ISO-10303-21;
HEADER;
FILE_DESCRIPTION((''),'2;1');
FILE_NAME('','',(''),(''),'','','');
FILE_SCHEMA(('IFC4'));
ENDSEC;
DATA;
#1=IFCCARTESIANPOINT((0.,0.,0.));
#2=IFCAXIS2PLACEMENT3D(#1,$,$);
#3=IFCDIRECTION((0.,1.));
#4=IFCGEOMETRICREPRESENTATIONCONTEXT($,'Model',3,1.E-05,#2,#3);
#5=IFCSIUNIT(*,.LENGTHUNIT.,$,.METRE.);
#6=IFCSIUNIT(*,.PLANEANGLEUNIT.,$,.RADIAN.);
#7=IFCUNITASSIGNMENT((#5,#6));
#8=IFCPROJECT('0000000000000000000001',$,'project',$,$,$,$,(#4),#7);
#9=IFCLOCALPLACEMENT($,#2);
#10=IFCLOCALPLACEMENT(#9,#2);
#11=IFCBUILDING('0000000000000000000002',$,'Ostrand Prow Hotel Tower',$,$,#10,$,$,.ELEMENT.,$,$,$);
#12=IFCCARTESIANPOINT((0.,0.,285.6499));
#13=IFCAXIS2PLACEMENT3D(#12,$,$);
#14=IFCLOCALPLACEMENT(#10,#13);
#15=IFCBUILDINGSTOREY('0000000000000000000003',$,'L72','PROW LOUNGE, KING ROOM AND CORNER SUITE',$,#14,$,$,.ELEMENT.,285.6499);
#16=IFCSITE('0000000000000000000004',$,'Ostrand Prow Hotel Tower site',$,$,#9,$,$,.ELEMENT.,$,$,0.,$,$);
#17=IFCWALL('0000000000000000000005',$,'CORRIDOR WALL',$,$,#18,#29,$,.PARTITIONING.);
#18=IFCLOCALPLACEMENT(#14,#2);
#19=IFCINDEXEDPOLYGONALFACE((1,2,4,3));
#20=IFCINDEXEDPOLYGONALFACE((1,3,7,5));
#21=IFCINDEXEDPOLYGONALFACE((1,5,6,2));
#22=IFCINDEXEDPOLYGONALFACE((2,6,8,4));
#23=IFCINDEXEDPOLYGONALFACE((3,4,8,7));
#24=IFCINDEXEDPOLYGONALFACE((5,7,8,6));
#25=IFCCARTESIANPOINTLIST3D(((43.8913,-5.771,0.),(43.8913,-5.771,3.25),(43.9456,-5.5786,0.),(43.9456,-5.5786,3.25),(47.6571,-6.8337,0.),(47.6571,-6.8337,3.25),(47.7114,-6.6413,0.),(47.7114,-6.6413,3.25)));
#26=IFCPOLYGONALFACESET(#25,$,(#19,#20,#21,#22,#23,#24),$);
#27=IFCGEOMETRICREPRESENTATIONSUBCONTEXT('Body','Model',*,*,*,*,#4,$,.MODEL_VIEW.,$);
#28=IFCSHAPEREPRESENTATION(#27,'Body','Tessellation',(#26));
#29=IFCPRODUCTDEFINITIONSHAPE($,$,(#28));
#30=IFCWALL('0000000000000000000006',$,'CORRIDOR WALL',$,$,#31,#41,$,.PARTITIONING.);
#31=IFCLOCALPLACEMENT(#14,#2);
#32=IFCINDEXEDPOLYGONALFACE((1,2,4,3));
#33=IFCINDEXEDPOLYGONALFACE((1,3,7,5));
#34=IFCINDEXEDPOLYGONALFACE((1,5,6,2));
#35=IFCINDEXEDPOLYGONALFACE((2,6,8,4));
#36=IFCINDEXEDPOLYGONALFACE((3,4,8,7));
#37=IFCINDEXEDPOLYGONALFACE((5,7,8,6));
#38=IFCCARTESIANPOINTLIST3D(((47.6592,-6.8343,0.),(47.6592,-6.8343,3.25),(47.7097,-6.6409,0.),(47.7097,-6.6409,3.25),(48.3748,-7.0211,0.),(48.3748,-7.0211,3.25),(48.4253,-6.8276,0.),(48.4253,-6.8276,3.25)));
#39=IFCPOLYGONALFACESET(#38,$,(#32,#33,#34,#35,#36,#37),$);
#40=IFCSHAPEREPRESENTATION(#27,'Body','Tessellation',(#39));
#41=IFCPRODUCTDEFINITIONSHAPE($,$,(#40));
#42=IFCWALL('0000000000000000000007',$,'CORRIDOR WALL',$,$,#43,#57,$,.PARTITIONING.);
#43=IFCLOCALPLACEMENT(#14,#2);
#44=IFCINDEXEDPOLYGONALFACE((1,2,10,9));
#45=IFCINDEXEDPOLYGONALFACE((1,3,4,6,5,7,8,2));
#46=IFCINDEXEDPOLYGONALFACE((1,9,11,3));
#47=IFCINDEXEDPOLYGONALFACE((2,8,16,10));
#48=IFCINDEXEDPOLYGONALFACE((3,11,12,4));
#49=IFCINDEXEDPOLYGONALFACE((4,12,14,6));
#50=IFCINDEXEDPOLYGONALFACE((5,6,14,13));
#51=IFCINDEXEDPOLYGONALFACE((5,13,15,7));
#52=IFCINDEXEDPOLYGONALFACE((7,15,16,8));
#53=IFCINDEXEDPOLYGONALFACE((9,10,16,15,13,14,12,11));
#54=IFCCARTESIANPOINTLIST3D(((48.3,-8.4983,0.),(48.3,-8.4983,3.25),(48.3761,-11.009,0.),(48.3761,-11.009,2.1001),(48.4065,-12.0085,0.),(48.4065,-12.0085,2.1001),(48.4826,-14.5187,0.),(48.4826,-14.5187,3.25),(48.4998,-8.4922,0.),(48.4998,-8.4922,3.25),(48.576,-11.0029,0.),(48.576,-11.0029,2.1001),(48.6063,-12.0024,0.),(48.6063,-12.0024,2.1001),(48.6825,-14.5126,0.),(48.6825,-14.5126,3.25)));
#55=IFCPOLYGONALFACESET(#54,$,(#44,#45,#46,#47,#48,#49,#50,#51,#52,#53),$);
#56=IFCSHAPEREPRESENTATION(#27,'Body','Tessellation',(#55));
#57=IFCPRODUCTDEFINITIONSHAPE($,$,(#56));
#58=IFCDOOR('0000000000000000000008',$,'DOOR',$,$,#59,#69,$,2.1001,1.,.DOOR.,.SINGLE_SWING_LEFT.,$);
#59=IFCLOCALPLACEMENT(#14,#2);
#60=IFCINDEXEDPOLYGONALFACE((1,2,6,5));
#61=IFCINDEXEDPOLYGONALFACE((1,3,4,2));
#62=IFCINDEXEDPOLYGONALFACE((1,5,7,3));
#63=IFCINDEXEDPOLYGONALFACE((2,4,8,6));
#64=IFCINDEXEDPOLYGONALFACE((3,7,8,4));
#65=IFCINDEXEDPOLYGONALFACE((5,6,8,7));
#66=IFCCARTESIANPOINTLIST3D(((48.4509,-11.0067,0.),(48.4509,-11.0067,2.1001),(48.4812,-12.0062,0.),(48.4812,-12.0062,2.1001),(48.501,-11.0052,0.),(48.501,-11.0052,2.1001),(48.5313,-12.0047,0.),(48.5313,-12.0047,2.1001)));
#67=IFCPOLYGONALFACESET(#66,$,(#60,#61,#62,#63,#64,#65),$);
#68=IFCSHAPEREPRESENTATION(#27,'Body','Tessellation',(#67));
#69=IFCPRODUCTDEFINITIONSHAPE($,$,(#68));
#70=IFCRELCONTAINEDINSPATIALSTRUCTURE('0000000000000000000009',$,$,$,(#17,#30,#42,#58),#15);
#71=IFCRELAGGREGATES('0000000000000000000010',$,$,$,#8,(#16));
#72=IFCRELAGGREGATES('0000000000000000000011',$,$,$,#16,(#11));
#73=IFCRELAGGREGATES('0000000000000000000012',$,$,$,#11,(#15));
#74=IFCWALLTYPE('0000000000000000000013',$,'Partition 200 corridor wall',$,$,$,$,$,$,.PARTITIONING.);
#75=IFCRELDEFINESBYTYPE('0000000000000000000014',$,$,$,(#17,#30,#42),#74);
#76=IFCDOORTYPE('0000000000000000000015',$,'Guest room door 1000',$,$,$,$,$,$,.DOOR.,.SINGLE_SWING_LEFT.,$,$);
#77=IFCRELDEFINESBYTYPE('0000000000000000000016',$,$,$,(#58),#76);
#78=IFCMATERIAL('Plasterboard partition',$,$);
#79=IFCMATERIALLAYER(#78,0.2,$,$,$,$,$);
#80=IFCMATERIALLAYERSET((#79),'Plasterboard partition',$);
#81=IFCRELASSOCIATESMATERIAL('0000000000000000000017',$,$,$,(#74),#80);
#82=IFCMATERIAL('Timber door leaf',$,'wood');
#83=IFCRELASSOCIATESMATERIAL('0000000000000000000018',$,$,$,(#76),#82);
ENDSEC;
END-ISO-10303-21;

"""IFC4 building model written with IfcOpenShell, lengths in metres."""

from ifc_helpers import new_model, si_unit, direction, frame, frame_2d, origin, place, context, subcontext, project, spatial, rectangle, extrude, material, layer, layer_set, type_object, element, fill, save


model = new_model("IFC4")

# Units and contexts
model_context = context("Model", 3, precision=1e-05, world=origin(), true_north=direction((0.0, 1.0)))
body_context = subcontext(model_context, "Body", "Model", "MODEL_VIEW")
ifc_project = project(units=[si_unit("LENGTHUNIT", "METRE"), si_unit("PLANEANGLEUNIT", "RADIAN")], contexts=[model_context])

# Site, building, storey
site_placement = place(None, origin())
site = spatial("IfcSite", under=ifc_project, at=site_placement, Name="Ostrand Prow Hotel Tower site", CompositionType="ELEMENT", RefElevation=0.0)
building_placement = place(site_placement, origin())
building = spatial("IfcBuilding", under=site, at=building_placement, Name="Ostrand Prow Hotel Tower", CompositionType="ELEMENT")
storey_placement = place(building_placement, frame((0.0, 0.0, 285.6499)))
storey = spatial("IfcBuildingStorey", under=building, at=storey_placement, Name="L72", Description="PROW LOUNGE, KING ROOM AND CORNER SUITE", CompositionType="ELEMENT", Elevation=285.6499)

# Walls
ifc_material_1 = material(Name="Plasterboard partition")
ifc_layer_1 = layer(ifc_material_1, 0.2)
ifc_layer_set_1 = layer_set([ifc_layer_1], Name="Plasterboard partition")
wall_type_1 = type_object("IfcWallType", Name="Partition 200 corridor wall", PredefinedType="PARTITIONING", material=ifc_layer_set_1)
wall_1_placement = place(storey_placement, frame((47.6843, -6.7375, 0.0), z_axis=(0.0, 0.0, 1.0), x_axis=(-0.962411, 0.271596, 0.0)))
element("IfcWall", 1, at=wall_1_placement, inside=storey, type_object=wall_type_1, Name="CORRIDOR WALL", PredefinedType="PARTITIONING", context=body_context, shape_type="SweptSolid", body=[
    extrude(rectangle(XDim=3.9128, YDim=0.2, at=frame_2d((1.9565, 0.0))), origin(), (0.0, 0.0, 1.0), 3.25),
])
wall_2_placement = place(storey_placement, frame((48.3999, -6.9243, 0.0), z_axis=(0.0, 0.0, 1.0), x_axis=(-0.967586, 0.252543, 0.0)))
element("IfcWall", 2, at=wall_2_placement, inside=storey, type_object=wall_type_1, Name="CORRIDOR WALL", PredefinedType="PARTITIONING", context=body_context, shape_type="SweptSolid", body=[
    extrude(rectangle(XDim=0.7395, YDim=0.2, at=frame_2d((0.3696, 0.0))), origin(), (0.0, 0.0, 1.0), 3.25),
])

# Wall, opening, door
wall_3_placement = place(storey_placement, frame((48.3999, -8.4951, 0.0), z_axis=(0.0, 0.0, 1.0), x_axis=(0.030319, -0.99954, 0.0)))
wall_3 = element("IfcWall", 3, at=wall_3_placement, inside=storey, type_object=wall_type_1, Name="CORRIDOR WALL", PredefinedType="PARTITIONING", context=body_context, shape_type="SweptSolid", body=[
    extrude(rectangle(XDim=6.0232, YDim=0.2, at=frame_2d((3.0117, 0.0))), origin(), (0.0, 0.0, 1.0), 3.25),
])
opening_1_placement = place(wall_3_placement, frame((2.512, 0.0, 0.0)))
opening_1 = element("IfcOpeningElement", 4, at=opening_1_placement, cuts=wall_3, PredefinedType="OPENING", context=body_context, shape_type="SweptSolid", body=[
    extrude(rectangle(XDim=1.0, YDim=2.1001, at=frame_2d((0.5, 1.05))), frame((0.0, 0.1099, 0.0), z_axis=(0.0, -1.0, 0.0), x_axis=(1.0, 0.0, 0.0)), (0.0, 0.0, 1.0), 0.22),
])
ifc_material_2 = material(Name="Timber door leaf", Category="wood")
door_type_1 = type_object("IfcDoorType", Name="Guest room door 1000", OperationType="SINGLE_SWING_LEFT", PredefinedType="DOOR", material=ifc_material_2)
door_1_placement = place(opening_1_placement, origin())
door_1 = element("IfcDoor", 5, at=door_1_placement, inside=storey, type_object=door_type_1, Name="DOOR", OperationType="SINGLE_SWING_LEFT", OverallHeight=2.1001, OverallWidth=1.0, PredefinedType="DOOR", context=body_context, shape_type="SweptSolid", body=[
    extrude(rectangle(XDim=1.0, YDim=2.1001, at=frame_2d((0.5, 1.05))), frame((0.0, 0.0249, 0.0), z_axis=(0.0, -1.0, 0.0), x_axis=(1.0, 0.0, 0.0)), (0.0, 0.0, 1.0), 0.05),
])
fill(opening_1, door_1)

save(model, "model.ifc")
